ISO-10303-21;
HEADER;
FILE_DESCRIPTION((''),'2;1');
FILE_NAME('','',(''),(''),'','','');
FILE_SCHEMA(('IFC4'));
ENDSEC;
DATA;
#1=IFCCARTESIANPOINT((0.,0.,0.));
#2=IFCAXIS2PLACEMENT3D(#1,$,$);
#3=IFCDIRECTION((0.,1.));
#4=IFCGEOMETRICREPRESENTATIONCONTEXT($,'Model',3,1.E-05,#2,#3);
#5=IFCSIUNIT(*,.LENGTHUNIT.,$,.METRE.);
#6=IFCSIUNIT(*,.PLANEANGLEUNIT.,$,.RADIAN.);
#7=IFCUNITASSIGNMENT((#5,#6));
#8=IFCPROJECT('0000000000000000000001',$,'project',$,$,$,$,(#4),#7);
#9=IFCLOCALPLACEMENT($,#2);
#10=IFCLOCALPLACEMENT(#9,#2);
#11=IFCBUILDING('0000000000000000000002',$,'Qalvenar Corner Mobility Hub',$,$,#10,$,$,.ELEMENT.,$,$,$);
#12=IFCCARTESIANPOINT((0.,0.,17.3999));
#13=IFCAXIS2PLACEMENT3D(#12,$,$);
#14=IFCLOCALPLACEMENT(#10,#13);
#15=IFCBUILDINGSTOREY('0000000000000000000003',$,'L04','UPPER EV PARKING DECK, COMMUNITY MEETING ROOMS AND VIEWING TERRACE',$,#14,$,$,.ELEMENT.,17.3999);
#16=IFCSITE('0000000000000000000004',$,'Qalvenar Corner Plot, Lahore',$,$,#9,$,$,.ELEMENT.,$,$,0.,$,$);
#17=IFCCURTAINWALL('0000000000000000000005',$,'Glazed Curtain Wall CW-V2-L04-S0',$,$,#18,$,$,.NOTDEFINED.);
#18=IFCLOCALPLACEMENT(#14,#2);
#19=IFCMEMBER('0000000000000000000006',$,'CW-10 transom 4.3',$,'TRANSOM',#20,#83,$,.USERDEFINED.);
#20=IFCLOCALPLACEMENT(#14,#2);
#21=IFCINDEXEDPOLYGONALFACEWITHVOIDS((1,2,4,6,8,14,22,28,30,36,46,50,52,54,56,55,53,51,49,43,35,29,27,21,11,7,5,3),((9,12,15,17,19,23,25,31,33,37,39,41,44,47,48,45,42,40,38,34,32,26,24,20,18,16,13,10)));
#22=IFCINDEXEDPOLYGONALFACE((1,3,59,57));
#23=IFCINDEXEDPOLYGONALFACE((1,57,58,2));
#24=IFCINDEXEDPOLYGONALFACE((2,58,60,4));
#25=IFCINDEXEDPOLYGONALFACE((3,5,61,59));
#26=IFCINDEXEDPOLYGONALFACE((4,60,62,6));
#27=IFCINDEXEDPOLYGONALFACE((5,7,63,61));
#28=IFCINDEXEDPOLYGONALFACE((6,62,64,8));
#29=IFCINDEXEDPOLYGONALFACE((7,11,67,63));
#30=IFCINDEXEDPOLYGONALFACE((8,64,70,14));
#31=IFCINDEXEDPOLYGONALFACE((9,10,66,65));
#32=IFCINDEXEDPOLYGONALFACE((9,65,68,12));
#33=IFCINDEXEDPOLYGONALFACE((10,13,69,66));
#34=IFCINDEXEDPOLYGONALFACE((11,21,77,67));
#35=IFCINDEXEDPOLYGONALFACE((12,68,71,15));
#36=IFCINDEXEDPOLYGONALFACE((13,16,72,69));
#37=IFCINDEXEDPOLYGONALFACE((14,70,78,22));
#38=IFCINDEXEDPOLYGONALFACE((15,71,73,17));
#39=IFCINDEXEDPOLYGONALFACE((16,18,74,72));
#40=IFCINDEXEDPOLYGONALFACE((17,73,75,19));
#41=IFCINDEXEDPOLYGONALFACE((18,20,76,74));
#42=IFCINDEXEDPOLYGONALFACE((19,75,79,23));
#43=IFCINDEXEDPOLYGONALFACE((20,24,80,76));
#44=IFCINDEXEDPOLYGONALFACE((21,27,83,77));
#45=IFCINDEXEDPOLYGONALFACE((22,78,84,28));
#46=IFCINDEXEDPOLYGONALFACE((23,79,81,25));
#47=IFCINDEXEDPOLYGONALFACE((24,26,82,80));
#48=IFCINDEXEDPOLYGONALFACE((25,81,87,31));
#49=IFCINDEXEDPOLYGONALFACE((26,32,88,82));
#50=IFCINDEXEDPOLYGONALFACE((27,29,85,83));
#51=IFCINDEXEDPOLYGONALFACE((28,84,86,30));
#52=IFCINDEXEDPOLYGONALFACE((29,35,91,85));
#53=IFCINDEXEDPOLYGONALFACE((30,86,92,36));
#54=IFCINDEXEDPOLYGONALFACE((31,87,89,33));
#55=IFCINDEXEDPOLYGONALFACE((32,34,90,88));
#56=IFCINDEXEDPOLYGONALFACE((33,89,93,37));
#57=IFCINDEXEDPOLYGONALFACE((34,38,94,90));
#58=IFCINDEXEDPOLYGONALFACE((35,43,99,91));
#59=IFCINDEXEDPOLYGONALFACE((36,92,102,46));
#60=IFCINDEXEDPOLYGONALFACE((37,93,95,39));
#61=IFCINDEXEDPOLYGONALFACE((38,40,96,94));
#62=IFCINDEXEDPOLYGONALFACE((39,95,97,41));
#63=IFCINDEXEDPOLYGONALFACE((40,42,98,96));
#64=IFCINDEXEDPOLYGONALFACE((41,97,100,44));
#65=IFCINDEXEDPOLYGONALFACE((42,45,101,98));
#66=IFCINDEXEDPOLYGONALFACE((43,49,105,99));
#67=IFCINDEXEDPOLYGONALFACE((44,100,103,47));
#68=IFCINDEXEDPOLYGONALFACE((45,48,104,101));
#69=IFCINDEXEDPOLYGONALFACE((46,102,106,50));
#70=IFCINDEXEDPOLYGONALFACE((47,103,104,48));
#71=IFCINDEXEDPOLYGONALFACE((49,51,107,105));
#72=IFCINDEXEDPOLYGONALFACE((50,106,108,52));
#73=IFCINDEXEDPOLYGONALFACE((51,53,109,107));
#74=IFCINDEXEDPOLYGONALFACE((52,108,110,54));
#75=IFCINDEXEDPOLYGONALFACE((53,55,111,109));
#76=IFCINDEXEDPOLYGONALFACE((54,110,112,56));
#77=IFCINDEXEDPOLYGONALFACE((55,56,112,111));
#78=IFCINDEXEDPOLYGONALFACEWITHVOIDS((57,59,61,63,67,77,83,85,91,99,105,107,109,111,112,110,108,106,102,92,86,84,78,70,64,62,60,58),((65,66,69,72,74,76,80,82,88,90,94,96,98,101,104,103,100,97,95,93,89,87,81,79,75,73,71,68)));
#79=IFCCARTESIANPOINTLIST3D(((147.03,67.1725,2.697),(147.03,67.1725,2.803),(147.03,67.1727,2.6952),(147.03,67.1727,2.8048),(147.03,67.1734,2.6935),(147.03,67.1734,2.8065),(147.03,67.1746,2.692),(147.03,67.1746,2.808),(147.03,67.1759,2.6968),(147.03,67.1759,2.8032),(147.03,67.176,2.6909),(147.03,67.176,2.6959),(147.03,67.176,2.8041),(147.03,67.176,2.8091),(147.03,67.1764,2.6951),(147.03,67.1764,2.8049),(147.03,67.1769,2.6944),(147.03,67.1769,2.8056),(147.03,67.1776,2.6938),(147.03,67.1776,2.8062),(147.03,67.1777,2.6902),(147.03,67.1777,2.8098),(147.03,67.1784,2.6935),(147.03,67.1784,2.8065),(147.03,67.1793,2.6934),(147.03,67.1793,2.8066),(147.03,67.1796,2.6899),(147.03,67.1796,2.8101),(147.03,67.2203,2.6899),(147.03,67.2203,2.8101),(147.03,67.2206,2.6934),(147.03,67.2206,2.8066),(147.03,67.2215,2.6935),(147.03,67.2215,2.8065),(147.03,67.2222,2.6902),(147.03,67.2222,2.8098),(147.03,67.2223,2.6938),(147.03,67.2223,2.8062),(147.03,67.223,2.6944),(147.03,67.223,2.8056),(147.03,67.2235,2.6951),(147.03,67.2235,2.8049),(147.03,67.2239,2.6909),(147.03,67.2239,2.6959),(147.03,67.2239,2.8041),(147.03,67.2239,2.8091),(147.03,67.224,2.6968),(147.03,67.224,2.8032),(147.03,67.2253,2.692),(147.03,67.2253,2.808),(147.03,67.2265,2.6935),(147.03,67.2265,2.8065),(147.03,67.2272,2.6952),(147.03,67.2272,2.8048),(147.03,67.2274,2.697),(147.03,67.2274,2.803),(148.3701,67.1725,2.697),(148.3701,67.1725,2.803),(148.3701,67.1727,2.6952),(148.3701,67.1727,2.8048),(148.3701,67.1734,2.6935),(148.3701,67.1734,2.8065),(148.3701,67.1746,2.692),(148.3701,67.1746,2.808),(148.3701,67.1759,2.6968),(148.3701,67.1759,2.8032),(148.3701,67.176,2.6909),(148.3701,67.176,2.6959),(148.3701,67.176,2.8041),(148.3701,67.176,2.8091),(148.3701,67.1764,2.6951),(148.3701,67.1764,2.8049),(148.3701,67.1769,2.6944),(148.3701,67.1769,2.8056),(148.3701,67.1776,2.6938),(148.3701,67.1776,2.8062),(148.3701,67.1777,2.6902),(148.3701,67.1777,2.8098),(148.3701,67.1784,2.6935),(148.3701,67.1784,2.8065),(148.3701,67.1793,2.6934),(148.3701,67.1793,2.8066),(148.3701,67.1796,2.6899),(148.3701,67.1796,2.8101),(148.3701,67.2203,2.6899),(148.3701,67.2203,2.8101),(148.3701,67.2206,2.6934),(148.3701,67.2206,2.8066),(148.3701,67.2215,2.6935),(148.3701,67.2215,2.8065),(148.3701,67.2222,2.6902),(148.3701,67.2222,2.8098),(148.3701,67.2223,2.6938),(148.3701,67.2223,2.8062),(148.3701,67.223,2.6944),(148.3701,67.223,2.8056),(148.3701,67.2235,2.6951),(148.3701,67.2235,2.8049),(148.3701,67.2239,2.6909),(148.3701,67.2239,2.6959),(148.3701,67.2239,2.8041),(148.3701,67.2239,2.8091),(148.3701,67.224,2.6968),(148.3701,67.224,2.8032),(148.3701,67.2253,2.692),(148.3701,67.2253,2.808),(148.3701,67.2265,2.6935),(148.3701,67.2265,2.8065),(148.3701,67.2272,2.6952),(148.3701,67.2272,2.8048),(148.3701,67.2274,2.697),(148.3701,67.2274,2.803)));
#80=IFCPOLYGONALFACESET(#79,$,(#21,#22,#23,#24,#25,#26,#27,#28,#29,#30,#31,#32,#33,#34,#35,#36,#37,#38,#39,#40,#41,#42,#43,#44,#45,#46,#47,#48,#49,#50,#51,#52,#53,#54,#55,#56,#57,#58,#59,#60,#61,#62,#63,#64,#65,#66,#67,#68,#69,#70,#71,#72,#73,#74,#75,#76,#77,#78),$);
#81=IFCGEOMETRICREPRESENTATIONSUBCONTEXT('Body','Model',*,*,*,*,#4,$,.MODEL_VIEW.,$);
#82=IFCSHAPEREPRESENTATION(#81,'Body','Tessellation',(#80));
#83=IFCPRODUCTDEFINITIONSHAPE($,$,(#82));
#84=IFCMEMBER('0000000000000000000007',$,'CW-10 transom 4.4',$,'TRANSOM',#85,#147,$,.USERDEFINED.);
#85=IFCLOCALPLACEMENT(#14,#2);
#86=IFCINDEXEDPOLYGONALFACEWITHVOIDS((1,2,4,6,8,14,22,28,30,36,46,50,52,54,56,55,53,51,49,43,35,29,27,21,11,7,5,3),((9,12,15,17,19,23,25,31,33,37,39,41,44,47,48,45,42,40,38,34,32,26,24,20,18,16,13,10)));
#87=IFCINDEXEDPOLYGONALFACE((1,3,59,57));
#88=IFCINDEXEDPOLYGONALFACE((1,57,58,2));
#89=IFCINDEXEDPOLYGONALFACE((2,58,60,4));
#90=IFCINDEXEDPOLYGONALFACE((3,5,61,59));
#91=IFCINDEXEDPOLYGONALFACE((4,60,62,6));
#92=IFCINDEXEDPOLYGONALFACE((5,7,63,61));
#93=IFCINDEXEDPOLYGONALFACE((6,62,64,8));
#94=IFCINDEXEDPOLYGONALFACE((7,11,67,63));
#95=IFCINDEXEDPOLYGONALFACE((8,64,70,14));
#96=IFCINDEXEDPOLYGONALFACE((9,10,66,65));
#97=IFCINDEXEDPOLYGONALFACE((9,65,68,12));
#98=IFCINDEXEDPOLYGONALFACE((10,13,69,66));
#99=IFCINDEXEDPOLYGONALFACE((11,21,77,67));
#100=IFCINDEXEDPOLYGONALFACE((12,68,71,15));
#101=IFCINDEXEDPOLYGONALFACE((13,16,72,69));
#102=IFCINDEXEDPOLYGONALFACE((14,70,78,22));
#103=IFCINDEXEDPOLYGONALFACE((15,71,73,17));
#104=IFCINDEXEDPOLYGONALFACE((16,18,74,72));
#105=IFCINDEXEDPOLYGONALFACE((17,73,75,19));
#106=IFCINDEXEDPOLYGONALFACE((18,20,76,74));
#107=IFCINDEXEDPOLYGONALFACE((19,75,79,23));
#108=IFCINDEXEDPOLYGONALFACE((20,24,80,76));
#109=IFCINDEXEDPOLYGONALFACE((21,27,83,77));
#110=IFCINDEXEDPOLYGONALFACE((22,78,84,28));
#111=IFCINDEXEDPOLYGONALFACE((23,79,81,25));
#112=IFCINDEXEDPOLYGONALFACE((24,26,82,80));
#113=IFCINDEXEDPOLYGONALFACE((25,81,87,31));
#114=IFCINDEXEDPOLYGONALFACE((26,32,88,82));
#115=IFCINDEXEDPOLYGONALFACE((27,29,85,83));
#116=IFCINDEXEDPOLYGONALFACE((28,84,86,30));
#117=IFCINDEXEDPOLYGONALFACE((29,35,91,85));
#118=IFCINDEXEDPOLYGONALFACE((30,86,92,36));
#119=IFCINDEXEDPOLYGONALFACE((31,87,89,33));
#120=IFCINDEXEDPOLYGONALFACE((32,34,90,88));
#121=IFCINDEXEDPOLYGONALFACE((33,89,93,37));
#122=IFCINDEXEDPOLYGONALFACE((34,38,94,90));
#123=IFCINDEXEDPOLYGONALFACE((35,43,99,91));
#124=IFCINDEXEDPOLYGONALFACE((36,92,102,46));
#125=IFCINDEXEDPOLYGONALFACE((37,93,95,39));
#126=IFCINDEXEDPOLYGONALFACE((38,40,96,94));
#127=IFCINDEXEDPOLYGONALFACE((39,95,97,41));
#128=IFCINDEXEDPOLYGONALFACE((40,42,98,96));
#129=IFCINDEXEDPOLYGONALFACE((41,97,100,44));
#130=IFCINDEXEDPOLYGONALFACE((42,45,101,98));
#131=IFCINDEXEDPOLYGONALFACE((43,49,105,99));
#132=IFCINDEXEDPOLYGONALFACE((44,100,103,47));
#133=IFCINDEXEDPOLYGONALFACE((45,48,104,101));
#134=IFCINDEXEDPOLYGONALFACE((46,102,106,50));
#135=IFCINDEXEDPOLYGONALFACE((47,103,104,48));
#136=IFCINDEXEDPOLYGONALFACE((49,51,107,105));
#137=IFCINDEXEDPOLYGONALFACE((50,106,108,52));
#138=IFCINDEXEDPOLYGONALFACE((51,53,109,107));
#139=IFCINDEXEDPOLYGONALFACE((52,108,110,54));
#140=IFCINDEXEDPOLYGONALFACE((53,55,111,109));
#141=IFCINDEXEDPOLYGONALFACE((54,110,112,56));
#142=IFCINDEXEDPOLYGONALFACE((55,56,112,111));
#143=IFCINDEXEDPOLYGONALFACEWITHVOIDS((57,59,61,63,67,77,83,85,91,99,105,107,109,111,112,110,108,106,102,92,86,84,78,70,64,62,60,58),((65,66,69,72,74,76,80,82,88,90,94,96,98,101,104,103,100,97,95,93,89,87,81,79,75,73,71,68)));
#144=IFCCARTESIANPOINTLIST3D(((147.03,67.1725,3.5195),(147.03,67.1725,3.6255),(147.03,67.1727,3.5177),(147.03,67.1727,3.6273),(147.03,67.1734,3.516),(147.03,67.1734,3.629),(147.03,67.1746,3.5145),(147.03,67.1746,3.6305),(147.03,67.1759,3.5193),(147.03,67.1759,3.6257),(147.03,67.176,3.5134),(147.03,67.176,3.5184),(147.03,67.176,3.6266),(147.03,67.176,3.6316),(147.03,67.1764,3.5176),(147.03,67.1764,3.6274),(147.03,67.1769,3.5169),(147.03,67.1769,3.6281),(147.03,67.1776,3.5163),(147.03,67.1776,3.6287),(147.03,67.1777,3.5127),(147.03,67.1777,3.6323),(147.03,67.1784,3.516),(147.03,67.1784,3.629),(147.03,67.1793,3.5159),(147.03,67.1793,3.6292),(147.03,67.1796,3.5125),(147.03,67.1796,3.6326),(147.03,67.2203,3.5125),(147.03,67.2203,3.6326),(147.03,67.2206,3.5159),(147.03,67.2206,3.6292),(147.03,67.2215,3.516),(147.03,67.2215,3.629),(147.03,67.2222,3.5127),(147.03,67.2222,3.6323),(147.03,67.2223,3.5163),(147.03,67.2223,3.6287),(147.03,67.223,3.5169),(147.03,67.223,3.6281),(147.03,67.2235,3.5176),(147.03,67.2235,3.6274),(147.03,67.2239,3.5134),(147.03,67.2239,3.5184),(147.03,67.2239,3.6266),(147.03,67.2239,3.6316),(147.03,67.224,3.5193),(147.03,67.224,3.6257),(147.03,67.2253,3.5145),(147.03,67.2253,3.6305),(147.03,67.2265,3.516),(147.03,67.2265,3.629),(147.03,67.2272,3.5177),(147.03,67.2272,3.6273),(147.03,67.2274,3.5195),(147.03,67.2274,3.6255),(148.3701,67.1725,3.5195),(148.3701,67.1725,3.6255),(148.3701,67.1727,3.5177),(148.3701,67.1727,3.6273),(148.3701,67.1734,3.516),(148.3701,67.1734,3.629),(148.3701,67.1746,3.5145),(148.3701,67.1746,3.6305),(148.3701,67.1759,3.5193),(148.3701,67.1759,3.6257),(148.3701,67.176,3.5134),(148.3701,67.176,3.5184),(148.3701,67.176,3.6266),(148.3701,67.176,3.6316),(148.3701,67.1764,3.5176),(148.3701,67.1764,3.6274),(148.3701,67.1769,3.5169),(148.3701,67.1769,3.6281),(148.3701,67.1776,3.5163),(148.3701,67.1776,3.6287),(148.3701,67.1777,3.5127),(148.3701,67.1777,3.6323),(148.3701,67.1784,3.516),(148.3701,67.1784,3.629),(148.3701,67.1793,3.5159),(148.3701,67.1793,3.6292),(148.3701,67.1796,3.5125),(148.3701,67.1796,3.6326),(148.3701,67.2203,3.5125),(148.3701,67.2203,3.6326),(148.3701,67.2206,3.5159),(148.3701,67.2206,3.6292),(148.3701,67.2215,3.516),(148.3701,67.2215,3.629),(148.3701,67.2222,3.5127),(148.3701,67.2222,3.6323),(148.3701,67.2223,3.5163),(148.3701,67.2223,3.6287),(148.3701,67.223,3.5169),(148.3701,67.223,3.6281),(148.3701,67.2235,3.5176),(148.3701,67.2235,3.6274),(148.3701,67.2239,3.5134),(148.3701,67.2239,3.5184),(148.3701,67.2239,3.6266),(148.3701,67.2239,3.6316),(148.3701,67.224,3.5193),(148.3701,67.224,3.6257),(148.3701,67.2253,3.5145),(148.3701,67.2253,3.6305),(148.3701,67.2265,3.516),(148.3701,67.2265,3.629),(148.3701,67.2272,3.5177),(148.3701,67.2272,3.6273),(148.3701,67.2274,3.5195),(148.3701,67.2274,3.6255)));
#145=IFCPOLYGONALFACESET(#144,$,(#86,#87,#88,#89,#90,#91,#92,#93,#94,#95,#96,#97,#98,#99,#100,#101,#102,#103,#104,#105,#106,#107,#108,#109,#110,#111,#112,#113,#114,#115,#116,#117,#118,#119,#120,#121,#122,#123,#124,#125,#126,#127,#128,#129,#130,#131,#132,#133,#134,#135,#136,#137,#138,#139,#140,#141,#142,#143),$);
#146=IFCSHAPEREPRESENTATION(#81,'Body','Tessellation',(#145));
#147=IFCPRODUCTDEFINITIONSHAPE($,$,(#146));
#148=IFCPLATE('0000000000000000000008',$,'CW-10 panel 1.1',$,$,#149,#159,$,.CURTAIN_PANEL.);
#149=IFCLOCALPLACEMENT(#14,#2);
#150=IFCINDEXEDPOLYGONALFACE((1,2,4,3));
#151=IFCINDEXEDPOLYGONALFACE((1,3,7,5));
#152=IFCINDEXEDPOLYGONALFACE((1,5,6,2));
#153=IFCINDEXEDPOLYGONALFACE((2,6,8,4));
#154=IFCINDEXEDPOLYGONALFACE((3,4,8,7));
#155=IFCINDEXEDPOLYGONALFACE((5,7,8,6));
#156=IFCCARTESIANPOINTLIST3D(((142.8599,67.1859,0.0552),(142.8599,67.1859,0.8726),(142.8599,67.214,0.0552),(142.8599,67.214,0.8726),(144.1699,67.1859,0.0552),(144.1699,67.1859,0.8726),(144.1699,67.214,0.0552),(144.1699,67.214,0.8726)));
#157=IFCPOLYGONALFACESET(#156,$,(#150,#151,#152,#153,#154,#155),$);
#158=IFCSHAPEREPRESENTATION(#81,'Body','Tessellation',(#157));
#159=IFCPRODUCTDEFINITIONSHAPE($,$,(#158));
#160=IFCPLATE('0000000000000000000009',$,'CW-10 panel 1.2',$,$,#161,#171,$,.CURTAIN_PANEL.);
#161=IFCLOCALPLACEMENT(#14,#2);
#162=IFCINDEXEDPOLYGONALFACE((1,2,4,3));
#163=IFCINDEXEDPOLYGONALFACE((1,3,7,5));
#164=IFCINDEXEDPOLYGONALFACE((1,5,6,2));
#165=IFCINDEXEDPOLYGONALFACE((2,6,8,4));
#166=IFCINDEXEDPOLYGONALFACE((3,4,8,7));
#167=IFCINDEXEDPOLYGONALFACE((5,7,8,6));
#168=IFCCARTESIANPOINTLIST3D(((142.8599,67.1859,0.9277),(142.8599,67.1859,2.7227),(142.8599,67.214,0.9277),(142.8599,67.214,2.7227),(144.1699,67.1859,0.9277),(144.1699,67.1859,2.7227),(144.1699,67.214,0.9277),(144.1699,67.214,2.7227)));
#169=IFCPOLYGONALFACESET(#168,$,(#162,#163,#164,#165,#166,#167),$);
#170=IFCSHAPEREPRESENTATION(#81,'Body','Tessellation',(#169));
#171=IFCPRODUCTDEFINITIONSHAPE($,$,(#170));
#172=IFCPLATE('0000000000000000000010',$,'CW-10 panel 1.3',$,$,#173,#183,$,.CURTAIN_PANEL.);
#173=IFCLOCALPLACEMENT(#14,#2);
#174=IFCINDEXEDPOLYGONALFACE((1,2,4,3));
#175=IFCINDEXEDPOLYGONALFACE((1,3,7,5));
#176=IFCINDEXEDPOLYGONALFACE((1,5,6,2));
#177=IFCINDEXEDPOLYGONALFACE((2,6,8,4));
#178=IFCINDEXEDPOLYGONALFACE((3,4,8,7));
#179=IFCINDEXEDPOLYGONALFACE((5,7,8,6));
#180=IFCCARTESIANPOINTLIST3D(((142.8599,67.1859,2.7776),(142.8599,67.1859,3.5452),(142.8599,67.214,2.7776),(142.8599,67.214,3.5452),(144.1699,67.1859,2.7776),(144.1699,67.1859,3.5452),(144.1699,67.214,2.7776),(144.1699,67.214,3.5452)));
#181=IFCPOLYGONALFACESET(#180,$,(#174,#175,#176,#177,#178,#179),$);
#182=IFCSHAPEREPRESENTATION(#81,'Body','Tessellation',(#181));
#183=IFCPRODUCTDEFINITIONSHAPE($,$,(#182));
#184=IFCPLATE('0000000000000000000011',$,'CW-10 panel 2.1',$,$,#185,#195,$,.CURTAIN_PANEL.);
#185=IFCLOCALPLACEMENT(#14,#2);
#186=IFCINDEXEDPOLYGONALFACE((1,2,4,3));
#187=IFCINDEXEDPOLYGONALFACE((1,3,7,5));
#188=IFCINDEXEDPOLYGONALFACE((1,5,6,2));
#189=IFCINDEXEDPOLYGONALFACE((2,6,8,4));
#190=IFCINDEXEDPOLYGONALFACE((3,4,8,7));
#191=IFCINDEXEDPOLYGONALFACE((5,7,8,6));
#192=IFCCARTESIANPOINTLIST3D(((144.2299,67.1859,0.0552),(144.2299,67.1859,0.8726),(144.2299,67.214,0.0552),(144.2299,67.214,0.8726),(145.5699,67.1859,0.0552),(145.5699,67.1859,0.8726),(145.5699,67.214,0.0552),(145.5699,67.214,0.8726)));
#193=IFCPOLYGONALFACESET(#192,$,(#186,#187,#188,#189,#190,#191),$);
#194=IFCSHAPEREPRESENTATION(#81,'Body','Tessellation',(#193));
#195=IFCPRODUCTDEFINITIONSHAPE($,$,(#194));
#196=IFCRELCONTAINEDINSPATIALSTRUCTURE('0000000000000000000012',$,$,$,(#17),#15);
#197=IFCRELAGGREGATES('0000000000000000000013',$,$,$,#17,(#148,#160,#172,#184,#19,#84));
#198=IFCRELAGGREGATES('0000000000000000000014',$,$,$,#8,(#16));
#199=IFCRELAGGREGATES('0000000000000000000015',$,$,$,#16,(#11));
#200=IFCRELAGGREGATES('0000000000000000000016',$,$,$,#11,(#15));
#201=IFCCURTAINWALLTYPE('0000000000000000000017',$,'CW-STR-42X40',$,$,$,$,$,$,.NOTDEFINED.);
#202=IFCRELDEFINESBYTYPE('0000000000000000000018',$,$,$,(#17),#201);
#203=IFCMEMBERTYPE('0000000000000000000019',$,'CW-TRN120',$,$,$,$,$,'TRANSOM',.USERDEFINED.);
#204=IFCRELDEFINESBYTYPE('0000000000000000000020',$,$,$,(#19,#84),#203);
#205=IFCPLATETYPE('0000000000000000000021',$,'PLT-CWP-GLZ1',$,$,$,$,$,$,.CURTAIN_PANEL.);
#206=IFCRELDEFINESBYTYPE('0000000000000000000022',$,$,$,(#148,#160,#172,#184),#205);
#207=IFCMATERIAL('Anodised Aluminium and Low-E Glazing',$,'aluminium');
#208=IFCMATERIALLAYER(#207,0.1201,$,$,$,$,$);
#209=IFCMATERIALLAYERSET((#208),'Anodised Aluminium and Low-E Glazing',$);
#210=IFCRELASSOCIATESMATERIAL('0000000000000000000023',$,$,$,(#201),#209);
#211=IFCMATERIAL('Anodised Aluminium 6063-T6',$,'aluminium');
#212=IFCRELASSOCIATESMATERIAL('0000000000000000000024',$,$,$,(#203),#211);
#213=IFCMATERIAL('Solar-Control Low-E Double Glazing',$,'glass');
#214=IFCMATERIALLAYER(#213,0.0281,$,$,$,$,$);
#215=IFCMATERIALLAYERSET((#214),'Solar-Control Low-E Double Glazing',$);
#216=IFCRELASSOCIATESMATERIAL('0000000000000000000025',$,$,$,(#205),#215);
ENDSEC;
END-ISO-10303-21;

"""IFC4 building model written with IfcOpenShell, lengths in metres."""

from ifc_helpers import new_model, si_unit, direction, frame, origin, origin_2d, place, context, subcontext, project, spatial, rectangle, hollow_rectangle, extrude, material, layer, layer_set, material_profile, profile_set, type_object, element, aggregate, save


model = new_model("IFC4")

# Units and contexts
model_context = context("Model", 3, precision=1e-05, world=origin(), true_north=direction((0.0, 1.0)))
body_context = subcontext(model_context, "Body", "Model", "MODEL_VIEW")
ifc_project = project(units=[si_unit("LENGTHUNIT", "METRE"), si_unit("PLANEANGLEUNIT", "RADIAN")], contexts=[model_context])

# Site, building, storey
site_placement = place(None, origin())
site = spatial("IfcSite", under=ifc_project, at=site_placement, Name="Qalvenar Corner Plot, Lahore", CompositionType="ELEMENT", RefElevation=0.0)
building_placement = place(site_placement, origin())
building = spatial("IfcBuilding", under=site, at=building_placement, Name="Qalvenar Corner Mobility Hub", CompositionType="ELEMENT")
storey_placement = place(building_placement, frame((0.0, 0.0, 17.3999)))
storey = spatial("IfcBuildingStorey", under=building, at=storey_placement, Name="L04", Description="UPPER EV PARKING DECK, COMMUNITY MEETING ROOMS AND VIEWING TERRACE", CompositionType="ELEMENT", Elevation=17.3999)

# Curtain wall, members, plates
ifc_material_1 = material(Name="Anodised Aluminium and Low-E Glazing", Category="aluminium")
ifc_layer_1 = layer(ifc_material_1, 0.1201)
ifc_layer_set_1 = layer_set([ifc_layer_1], Name="Anodised Aluminium and Low-E Glazing")
curtain_wall_type = type_object("IfcCurtainWallType", Name="CW-STR-42X40", PredefinedType="NOTDEFINED", material=ifc_layer_set_1)
curtain_wall_placement = place(storey_placement, origin())
curtain_wall = element("IfcCurtainWall", 1, at=curtain_wall_placement, inside=storey, type_object=curtain_wall_type, Name="Glazed Curtain Wall CW-V2-L04-S0", PredefinedType="NOTDEFINED")
ifc_material_2 = material(Name="Anodised Aluminium 6063-T6", Category="aluminium")
ifc_material_profile_1 = material_profile(ifc_material_2, hollow_rectangle(XDim=0.0549, YDim=0.1201, WallThickness=0.0034, InnerFilletRadius=0.0034, OuterFilletRadius=0.0071, at=origin_2d()), Name="RHS120x55x3.5")
ifc_profile_set_1 = profile_set([ifc_material_profile_1], Name="Anodised Aluminium 6063-T6")
member_type_1 = type_object("IfcMemberType", Name="CW-TRN120", ElementType="TRANSOM", PredefinedType="USERDEFINED", material=ifc_profile_set_1)
member_1_placement = place(storey_placement, frame((147.03, 67.2, 2.75), z_axis=(1.0, 0.0, 0.0), x_axis=(0.0, 1.0, 0.0)))
member_1 = element("IfcMember", 2, at=member_1_placement, type_object=member_type_1, Name="CW-10 transom 4.3", ObjectType="TRANSOM", PredefinedType="USERDEFINED", context=body_context, shape_type="SweptSolid", body=[
    extrude(hollow_rectangle(XDim=0.0549, YDim=0.1201, WallThickness=0.0034, InnerFilletRadius=0.0034, OuterFilletRadius=0.0071, at=origin_2d()), origin(), (0.0, 0.0, 1.0), 1.3401),
])
member_2_placement = place(storey_placement, frame((147.03, 67.2, 3.5725), z_axis=(1.0, 0.0, 0.0), x_axis=(0.0, 1.0, 0.0)))
member_2 = element("IfcMember", 3, at=member_2_placement, type_object=member_type_1, Name="CW-10 transom 4.4", ObjectType="TRANSOM", PredefinedType="USERDEFINED", context=body_context, shape_type="SweptSolid", body=[
    extrude(hollow_rectangle(XDim=0.0549, YDim=0.1201, WallThickness=0.0034, InnerFilletRadius=0.0034, OuterFilletRadius=0.0071, at=origin_2d()), origin(), (0.0, 0.0, 1.0), 1.3401),
])
ifc_material_3 = material(Name="Solar-Control Low-E Double Glazing", Category="glass")
ifc_layer_2 = layer(ifc_material_3, 0.0281)
ifc_layer_set_2 = layer_set([ifc_layer_2], Name="Solar-Control Low-E Double Glazing")
plate_type = type_object("IfcPlateType", Name="PLT-CWP-GLZ1", PredefinedType="CURTAIN_PANEL", material=ifc_layer_set_2)
plate_1_placement = place(storey_placement, frame((143.5149, 67.2, 0.0552), z_axis=(0.0, 0.0, 1.0), x_axis=(1.0, 0.0, 0.0)))
plate_1 = element("IfcPlate", 4, at=plate_1_placement, type_object=plate_type, Name="CW-10 panel 1.1", PredefinedType="CURTAIN_PANEL", context=body_context, shape_type="SweptSolid", body=[
    extrude(rectangle(XDim=1.3101, YDim=0.0281, at=origin_2d()), origin(), (0.0, 0.0, 1.0), 0.8174),
])
plate_2_placement = place(storey_placement, frame((143.5149, 67.2, 0.9277), z_axis=(0.0, 0.0, 1.0), x_axis=(1.0, 0.0, 0.0)))
plate_2 = element("IfcPlate", 5, at=plate_2_placement, type_object=plate_type, Name="CW-10 panel 1.2", PredefinedType="CURTAIN_PANEL", context=body_context, shape_type="SweptSolid", body=[
    extrude(rectangle(XDim=1.3101, YDim=0.0281, at=origin_2d()), origin(), (0.0, 0.0, 1.0), 1.7949),
])
plate_3_placement = place(storey_placement, frame((143.5149, 67.2, 2.7776), z_axis=(0.0, 0.0, 1.0), x_axis=(1.0, 0.0, 0.0)))
plate_3 = element("IfcPlate", 6, at=plate_3_placement, type_object=plate_type, Name="CW-10 panel 1.3", PredefinedType="CURTAIN_PANEL", context=body_context, shape_type="SweptSolid", body=[
    extrude(rectangle(XDim=1.3101, YDim=0.0281, at=origin_2d()), origin(), (0.0, 0.0, 1.0), 0.7676),
])
plate_4_placement = place(storey_placement, frame((144.8999, 67.2, 0.0552), z_axis=(0.0, 0.0, 1.0), x_axis=(1.0, 0.0, 0.0)))
plate_4 = element("IfcPlate", 7, at=plate_4_placement, type_object=plate_type, Name="CW-10 panel 2.1", PredefinedType="CURTAIN_PANEL", context=body_context, shape_type="SweptSolid", body=[
    extrude(rectangle(XDim=1.3401, YDim=0.0281, at=origin_2d()), origin(), (0.0, 0.0, 1.0), 0.8174),
])
aggregate(curtain_wall, [plate_1, plate_2, plate_3, plate_4, member_1, member_2])

save(model, "model.ifc")
